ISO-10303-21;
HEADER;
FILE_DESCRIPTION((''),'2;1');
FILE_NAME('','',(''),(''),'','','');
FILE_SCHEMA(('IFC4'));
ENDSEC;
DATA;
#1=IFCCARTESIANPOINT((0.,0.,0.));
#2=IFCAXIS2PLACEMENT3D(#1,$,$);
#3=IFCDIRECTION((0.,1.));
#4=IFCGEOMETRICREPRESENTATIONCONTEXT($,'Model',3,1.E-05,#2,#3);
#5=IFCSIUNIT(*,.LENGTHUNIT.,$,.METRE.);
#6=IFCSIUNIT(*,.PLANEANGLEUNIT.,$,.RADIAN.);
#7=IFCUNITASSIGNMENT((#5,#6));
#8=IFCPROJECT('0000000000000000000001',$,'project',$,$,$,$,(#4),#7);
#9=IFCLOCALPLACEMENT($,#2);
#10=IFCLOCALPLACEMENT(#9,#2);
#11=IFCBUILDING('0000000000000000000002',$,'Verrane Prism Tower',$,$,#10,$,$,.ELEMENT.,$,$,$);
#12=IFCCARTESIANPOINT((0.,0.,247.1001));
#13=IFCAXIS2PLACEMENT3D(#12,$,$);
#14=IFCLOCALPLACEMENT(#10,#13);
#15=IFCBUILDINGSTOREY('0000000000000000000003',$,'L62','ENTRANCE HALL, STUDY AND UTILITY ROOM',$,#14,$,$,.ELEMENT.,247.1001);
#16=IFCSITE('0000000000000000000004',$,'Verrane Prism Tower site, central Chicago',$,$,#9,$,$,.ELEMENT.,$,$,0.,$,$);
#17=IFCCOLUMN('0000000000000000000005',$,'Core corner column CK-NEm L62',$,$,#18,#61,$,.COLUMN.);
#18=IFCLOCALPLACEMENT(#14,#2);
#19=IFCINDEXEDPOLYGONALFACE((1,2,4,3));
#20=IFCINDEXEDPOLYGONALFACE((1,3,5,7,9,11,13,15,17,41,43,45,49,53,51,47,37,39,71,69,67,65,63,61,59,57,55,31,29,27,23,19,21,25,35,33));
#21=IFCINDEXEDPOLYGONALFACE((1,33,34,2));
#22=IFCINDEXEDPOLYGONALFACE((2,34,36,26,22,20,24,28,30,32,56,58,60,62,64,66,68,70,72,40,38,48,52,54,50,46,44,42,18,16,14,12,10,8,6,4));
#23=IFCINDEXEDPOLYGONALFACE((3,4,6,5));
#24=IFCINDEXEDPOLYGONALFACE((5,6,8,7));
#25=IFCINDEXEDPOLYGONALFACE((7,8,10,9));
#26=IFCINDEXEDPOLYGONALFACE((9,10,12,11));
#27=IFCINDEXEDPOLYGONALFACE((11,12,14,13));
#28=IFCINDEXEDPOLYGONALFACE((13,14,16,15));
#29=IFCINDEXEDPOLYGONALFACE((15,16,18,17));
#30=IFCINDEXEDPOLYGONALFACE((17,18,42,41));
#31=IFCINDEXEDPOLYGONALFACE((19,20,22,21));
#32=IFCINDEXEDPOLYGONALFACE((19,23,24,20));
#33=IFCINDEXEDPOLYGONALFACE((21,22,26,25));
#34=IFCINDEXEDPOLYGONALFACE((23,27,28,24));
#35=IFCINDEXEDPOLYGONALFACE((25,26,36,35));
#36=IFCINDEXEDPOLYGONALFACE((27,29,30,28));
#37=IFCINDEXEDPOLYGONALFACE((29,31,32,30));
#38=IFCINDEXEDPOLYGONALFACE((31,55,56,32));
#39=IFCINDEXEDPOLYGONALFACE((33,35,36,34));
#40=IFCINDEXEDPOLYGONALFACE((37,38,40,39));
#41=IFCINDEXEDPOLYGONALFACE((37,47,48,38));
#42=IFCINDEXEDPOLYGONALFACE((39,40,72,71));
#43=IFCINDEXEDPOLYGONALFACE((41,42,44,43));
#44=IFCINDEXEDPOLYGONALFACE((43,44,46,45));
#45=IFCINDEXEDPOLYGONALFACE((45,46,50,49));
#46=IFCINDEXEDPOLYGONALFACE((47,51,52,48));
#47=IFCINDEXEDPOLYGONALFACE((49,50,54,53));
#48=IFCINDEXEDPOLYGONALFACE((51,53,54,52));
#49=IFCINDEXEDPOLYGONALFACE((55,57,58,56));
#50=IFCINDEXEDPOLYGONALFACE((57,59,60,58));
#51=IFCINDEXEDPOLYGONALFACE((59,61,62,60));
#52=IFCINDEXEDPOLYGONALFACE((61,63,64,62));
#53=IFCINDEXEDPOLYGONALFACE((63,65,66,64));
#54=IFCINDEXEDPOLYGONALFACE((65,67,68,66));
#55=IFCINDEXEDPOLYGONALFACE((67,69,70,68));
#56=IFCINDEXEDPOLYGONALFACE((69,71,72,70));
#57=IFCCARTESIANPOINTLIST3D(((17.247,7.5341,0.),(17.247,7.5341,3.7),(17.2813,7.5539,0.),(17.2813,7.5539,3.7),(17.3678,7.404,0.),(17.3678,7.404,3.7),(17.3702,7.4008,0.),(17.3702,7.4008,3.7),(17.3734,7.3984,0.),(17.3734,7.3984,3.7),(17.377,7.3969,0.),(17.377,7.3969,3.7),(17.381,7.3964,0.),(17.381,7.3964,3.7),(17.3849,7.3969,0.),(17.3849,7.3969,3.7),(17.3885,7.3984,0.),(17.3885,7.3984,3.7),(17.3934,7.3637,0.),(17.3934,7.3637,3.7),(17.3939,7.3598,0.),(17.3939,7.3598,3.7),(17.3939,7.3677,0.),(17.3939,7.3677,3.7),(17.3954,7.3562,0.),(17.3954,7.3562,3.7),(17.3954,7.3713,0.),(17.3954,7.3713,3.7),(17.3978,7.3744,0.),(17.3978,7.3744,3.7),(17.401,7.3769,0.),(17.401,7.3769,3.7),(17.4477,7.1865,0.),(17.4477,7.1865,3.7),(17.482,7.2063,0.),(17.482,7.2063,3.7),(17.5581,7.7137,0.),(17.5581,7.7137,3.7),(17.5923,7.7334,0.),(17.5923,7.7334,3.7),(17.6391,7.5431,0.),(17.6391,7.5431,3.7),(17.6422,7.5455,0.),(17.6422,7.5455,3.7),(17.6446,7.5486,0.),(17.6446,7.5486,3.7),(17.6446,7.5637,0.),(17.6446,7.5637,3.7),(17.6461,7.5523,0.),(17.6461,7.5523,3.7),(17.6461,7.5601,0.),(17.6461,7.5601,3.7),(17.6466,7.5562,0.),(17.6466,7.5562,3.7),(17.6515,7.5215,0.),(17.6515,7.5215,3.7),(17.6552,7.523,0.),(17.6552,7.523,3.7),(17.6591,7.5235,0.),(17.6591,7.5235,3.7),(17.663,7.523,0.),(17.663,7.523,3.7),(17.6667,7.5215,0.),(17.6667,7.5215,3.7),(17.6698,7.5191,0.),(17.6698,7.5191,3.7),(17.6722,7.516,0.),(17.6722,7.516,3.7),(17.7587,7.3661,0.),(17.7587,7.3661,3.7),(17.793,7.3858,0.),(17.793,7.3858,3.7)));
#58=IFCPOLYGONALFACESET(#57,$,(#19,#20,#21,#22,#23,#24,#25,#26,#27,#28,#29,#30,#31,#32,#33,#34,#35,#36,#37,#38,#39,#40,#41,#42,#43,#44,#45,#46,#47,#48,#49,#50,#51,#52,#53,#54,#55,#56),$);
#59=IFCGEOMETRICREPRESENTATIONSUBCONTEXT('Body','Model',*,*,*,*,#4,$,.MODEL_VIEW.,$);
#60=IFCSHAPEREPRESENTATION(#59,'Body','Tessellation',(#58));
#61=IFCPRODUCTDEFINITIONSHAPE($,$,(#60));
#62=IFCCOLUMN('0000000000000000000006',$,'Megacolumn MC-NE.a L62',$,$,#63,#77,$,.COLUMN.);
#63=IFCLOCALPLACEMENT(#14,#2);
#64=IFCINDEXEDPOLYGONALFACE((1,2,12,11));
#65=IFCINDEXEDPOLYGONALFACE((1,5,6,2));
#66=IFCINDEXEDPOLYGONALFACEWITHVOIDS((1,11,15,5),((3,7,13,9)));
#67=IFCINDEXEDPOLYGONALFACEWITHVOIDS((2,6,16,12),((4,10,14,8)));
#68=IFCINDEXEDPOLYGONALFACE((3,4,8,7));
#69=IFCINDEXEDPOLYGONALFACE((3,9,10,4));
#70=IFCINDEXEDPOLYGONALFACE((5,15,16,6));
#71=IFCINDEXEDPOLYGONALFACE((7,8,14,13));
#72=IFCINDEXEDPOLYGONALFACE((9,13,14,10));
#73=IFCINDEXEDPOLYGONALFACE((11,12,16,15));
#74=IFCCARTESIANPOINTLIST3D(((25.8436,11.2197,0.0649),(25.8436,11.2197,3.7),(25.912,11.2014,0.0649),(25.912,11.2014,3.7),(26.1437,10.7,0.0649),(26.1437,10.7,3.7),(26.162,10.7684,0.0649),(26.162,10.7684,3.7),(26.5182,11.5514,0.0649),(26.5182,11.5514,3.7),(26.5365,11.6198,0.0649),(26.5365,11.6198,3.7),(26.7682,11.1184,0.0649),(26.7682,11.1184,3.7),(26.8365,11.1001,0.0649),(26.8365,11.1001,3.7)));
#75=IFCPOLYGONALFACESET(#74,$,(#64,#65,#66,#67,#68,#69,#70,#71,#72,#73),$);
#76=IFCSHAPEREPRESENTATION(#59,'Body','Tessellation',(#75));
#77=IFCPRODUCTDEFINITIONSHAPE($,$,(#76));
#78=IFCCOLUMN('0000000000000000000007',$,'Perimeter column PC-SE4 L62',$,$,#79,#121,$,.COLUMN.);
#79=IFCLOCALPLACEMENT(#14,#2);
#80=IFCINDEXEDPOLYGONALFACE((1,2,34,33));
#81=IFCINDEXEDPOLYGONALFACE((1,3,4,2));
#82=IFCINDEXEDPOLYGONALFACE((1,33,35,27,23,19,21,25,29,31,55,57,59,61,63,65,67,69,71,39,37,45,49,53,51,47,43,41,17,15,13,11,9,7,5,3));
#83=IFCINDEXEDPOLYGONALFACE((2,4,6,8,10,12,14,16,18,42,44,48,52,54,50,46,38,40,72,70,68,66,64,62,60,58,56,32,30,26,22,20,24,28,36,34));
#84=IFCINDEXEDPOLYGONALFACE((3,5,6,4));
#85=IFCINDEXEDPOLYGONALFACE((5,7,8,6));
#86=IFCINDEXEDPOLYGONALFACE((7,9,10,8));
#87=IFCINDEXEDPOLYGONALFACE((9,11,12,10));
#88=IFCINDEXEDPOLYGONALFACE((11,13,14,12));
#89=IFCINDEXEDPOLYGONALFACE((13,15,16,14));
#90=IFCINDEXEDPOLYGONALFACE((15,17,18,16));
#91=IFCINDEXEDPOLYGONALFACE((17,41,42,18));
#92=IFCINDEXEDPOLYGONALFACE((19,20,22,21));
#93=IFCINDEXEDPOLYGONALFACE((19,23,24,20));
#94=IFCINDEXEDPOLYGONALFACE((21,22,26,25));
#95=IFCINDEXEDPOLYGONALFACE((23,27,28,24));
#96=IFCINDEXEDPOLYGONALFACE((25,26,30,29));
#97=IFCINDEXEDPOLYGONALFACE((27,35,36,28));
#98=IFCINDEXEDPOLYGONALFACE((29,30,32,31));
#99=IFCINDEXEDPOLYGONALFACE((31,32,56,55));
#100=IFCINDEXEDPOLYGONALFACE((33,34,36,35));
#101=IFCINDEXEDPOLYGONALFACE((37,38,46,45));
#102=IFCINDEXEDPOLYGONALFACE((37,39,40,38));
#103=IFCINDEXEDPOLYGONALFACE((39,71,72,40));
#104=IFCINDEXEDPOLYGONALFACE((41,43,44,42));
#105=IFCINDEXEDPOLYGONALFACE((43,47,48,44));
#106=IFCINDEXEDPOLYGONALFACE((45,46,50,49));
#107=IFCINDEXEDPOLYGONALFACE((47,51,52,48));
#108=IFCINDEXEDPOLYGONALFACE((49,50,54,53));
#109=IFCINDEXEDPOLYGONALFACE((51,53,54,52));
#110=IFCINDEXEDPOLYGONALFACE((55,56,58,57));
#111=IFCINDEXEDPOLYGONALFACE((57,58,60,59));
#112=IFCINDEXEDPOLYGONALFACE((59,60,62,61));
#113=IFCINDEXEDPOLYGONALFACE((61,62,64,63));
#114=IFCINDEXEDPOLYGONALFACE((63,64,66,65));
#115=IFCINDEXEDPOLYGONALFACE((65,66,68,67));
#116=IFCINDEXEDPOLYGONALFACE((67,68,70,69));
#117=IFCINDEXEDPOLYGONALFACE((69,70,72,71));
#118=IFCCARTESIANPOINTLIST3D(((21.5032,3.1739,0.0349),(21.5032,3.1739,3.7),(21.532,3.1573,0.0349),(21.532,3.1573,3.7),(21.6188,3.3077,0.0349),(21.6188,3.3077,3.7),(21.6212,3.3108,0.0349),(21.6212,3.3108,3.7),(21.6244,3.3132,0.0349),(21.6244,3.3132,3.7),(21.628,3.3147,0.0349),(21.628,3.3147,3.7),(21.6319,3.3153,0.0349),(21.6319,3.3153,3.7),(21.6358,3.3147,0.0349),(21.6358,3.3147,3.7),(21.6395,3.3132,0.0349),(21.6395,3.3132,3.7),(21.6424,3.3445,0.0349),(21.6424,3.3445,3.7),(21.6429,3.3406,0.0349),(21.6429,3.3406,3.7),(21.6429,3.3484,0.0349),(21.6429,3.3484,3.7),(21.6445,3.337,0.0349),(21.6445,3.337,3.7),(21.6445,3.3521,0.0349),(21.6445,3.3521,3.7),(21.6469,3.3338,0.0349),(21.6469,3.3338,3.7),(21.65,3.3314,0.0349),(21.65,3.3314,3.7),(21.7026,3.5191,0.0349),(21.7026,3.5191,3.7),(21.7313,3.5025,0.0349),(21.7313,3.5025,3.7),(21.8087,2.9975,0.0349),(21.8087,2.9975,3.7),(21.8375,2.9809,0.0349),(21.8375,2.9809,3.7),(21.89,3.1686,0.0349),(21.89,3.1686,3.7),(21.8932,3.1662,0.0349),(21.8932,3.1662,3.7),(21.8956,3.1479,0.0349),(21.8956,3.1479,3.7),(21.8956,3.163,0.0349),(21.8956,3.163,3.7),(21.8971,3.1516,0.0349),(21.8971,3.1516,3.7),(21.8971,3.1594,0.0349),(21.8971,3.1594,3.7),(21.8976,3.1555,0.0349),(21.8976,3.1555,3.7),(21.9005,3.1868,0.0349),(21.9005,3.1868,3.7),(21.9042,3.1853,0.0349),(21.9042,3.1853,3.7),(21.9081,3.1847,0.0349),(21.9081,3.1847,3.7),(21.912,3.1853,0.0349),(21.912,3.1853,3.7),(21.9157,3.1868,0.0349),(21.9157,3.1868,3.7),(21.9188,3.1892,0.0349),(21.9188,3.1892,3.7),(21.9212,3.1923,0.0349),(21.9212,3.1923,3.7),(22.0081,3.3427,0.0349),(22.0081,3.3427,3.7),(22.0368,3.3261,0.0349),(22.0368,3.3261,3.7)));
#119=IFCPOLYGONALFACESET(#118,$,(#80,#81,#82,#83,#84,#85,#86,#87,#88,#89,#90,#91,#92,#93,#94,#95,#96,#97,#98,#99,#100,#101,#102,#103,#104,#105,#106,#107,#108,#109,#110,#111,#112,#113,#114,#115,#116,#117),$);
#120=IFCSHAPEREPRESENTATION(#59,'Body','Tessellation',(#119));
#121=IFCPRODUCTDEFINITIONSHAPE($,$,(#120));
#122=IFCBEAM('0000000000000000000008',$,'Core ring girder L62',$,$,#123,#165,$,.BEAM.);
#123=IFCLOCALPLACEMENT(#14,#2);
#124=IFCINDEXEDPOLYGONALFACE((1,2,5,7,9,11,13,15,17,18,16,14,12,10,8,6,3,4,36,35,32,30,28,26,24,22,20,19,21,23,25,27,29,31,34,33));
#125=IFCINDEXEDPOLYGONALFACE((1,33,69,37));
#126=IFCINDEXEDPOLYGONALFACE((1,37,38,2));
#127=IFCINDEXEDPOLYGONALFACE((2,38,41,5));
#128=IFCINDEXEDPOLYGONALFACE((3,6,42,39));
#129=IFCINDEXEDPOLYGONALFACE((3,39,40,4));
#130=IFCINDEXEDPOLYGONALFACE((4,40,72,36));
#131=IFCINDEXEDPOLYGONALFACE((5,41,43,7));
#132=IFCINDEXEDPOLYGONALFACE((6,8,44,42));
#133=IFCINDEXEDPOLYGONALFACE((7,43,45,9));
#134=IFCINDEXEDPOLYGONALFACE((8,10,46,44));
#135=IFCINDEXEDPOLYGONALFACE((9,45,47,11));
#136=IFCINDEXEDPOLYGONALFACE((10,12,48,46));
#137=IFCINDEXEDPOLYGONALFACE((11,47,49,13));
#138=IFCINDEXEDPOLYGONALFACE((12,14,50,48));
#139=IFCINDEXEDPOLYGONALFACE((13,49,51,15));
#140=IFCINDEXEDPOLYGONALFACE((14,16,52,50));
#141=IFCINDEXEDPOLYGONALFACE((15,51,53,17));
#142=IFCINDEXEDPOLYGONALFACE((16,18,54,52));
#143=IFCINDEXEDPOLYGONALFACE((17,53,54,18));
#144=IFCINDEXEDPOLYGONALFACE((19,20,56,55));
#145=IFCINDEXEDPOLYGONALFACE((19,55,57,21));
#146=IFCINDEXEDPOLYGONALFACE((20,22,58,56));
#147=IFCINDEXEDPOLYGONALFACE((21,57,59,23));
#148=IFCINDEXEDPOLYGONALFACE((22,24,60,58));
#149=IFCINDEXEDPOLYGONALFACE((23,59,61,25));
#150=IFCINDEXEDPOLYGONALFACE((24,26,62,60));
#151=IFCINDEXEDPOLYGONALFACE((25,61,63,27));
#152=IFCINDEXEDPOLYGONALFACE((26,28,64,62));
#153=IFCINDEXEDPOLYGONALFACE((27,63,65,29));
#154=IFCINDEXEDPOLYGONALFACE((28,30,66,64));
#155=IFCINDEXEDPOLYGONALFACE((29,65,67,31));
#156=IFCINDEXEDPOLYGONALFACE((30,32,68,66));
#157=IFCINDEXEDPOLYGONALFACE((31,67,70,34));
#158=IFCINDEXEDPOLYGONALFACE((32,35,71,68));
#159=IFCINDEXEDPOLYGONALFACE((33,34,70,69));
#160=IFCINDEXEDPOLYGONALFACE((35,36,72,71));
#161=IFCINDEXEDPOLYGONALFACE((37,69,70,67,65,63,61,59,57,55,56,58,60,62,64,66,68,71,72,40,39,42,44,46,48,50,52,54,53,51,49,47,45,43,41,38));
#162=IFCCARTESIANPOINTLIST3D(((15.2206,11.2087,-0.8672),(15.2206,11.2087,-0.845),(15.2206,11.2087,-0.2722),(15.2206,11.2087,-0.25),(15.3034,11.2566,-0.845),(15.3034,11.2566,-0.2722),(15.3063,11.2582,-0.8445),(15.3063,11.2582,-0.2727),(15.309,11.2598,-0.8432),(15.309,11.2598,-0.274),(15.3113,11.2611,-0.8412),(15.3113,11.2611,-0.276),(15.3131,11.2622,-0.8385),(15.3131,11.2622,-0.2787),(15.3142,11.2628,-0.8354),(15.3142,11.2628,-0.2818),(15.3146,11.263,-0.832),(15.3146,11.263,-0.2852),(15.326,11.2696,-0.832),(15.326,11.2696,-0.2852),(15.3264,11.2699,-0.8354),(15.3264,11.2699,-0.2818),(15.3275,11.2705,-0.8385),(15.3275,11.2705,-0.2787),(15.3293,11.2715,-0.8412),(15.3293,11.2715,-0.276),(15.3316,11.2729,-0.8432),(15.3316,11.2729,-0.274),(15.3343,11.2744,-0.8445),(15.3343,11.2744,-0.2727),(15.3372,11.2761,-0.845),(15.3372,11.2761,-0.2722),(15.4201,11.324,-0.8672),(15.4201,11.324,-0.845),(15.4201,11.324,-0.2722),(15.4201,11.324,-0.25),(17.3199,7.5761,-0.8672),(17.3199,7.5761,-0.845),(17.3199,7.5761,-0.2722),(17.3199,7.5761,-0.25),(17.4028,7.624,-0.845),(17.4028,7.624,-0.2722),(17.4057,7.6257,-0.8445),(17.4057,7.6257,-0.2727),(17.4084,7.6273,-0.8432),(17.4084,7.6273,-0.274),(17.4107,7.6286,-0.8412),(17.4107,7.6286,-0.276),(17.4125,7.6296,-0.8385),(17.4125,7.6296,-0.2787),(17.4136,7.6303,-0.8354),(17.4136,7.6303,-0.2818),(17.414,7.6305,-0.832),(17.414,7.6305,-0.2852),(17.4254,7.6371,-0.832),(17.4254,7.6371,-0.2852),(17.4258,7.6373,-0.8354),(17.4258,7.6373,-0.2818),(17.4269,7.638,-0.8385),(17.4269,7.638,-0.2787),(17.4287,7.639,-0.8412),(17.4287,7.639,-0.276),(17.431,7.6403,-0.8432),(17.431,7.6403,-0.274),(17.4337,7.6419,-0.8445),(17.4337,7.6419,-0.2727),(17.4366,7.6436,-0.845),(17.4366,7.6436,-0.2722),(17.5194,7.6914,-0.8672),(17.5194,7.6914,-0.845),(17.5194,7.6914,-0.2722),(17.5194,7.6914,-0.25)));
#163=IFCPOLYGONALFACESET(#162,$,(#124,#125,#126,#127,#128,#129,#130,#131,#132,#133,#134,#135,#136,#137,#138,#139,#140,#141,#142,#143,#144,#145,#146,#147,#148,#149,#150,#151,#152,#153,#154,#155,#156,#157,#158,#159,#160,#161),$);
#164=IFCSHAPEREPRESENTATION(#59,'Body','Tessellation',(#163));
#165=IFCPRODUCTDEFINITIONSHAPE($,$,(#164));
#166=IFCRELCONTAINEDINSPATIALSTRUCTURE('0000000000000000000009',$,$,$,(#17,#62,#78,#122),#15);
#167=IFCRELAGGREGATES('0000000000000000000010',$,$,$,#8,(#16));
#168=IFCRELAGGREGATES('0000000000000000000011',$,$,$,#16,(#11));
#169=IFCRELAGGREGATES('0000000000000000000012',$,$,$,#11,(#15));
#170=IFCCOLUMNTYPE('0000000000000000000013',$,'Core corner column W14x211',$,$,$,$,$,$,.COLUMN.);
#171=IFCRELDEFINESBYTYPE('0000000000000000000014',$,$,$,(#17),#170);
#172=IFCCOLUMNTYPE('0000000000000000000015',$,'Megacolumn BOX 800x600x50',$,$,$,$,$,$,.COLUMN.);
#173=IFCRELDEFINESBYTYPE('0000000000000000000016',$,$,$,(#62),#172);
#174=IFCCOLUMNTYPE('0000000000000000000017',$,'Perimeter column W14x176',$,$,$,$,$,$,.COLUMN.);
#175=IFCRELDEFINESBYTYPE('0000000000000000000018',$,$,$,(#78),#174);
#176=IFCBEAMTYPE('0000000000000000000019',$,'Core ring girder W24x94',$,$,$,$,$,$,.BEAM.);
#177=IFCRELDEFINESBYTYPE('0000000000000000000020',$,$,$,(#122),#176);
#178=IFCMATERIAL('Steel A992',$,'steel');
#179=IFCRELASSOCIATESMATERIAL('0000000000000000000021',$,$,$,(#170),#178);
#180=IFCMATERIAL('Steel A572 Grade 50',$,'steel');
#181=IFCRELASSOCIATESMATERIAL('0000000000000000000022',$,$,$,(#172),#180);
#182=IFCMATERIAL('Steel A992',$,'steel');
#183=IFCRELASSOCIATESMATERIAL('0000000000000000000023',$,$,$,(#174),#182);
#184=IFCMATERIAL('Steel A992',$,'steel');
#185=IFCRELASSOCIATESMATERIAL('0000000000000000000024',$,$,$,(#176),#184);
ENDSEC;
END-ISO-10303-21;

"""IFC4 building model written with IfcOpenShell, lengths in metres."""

from ifc_helpers import new_model, si_unit, direction, frame, origin, origin_2d, place, context, subcontext, project, spatial, hollow_rectangle, i_section, extrude, material, material_profile, profile_set, type_object, element, save


model = new_model("IFC4")

# Units and contexts
model_context = context("Model", 3, precision=1e-05, world=origin(), true_north=direction((0.0, 1.0)))
body_context = subcontext(model_context, "Body", "Model", "MODEL_VIEW")
ifc_project = project(units=[si_unit("LENGTHUNIT", "METRE"), si_unit("PLANEANGLEUNIT", "RADIAN")], contexts=[model_context])

# Site, building, storey
site_placement = place(None, origin())
site = spatial("IfcSite", under=ifc_project, at=site_placement, Name="Verrane Prism Tower site, central Chicago", CompositionType="ELEMENT", RefElevation=0.0)
building_placement = place(site_placement, origin())
building = spatial("IfcBuilding", under=site, at=building_placement, Name="Verrane Prism Tower", CompositionType="ELEMENT")
storey_placement = place(building_placement, frame((0.0, 0.0, 247.1001)))
storey = spatial("IfcBuildingStorey", under=building, at=storey_placement, Name="L62", Description="ENTRANCE HALL, STUDY AND UTILITY ROOM", CompositionType="ELEMENT", Elevation=247.1001)

# Columns
ifc_material_1 = material(Name="Steel A992", Category="steel")
ifc_material_profile_1 = material_profile(ifc_material_1, i_section(OverallWidth=0.4014, OverallDepth=0.3987, WebThickness=0.0249, FlangeThickness=0.0396, FilletRadius=0.0151, at=origin_2d()), Name="W14x211")
ifc_profile_set_1 = profile_set([ifc_material_profile_1], Name="Steel A992")
column_type_1 = type_object("IfcColumnType", Name="Core corner column W14x211", PredefinedType="COLUMN", material=ifc_profile_set_1)
column_1_placement = place(storey_placement, frame((17.52, 7.46, 0.0), z_axis=(0.0, 0.0, 1.0), x_axis=(0.5, -0.866025, 0.0)))
element("IfcColumn", 1, at=column_1_placement, inside=storey, type_object=column_type_1, Name="Core corner column CK-NEm L62", PredefinedType="COLUMN", context=body_context, shape_type="SweptSolid", body=[
    extrude(i_section(OverallWidth=0.4014, OverallDepth=0.3987, WebThickness=0.0249, FlangeThickness=0.0396, FilletRadius=0.0151, at=origin_2d()), origin(), (0.0, 0.0, 1.0), 3.7),
])
ifc_material_2 = material(Name="Steel A572 Grade 50", Category="steel")
ifc_material_profile_2 = material_profile(ifc_material_2, hollow_rectangle(XDim=0.6001, YDim=0.8, WallThickness=0.05, at=origin_2d()), Name="BOX 800x600x50")
ifc_profile_set_2 = profile_set([ifc_material_profile_2], Name="Steel A572 Grade 50")
column_type_2 = type_object("IfcColumnType", Name="Megacolumn BOX 800x600x50", PredefinedType="COLUMN", material=ifc_profile_set_2)
column_2_placement = place(storey_placement, frame((26.3401, 11.1599, 0.0649), z_axis=(0.0, 0.0, 1.0), x_axis=(0.5, -0.866025, 0.0)))
element("IfcColumn", 2, at=column_2_placement, inside=storey, type_object=column_type_2, Name="Megacolumn MC-NE.a L62", PredefinedType="COLUMN", context=body_context, shape_type="SweptSolid", body=[
    extrude(hollow_rectangle(XDim=0.6001, YDim=0.8, WallThickness=0.05, at=origin_2d()), origin(), (0.0, 0.0, 1.0), 3.635),
])
ifc_material_3 = material(Name="Steel A992", Category="steel")
ifc_material_profile_3 = material_profile(ifc_material_3, i_section(OverallWidth=0.3987, OverallDepth=0.386, WebThickness=0.021, FlangeThickness=0.0332, FilletRadius=0.0151, at=origin_2d()), Name="W14x176")
ifc_profile_set_3 = profile_set([ifc_material_profile_3], Name="Steel A992")
column_type_3 = type_object("IfcColumnType", Name="Perimeter column W14x176", PredefinedType="COLUMN", material=ifc_profile_set_3)
column_3_placement = place(storey_placement, frame((21.77, 3.25, 0.0349), z_axis=(0.0, 0.0, 1.0), x_axis=(-0.5, -0.866025, 0.0)))
element("IfcColumn", 3, at=column_3_placement, inside=storey, type_object=column_type_3, Name="Perimeter column PC-SE4 L62", PredefinedType="COLUMN", context=body_context, shape_type="SweptSolid", body=[
    extrude(i_section(OverallWidth=0.3987, OverallDepth=0.386, WebThickness=0.021, FlangeThickness=0.0332, FilletRadius=0.0151, at=origin_2d()), origin(), (0.0, 0.0, 1.0), 3.665),
])

# Beam
ifc_material_4 = material(Name="Steel A992", Category="steel")
ifc_material_profile_4 = material_profile(ifc_material_4, i_section(OverallWidth=0.2305, OverallDepth=0.6172, WebThickness=0.0132, FlangeThickness=0.0222, FilletRadius=0.0129, at=origin_2d()), Name="W24x94")
ifc_profile_set_4 = profile_set([ifc_material_profile_4], Name="Steel A992")
beam_type_1 = type_object("IfcBeamType", Name="Core ring girder W24x94", PredefinedType="BEAM", material=ifc_profile_set_4)
beam_1_placement = place(storey_placement, frame((17.4197, 7.6338, -0.5586), z_axis=(-0.500376, 0.865808, 0.0), x_axis=(-0.865808, -0.500376, 0.0)))
element("IfcBeam", 4, at=beam_1_placement, inside=storey, type_object=beam_type_1, Name="Core ring girder L62", PredefinedType="BEAM", context=body_context, shape_type="SweptSolid", body=[
    extrude(i_section(OverallWidth=0.2305, OverallDepth=0.6172, WebThickness=0.0132, FlangeThickness=0.0222, FilletRadius=0.0129, at=origin_2d()), origin(), (0.0, 0.0, 1.0), 4.1956),
])

save(model, "model.ifc")
